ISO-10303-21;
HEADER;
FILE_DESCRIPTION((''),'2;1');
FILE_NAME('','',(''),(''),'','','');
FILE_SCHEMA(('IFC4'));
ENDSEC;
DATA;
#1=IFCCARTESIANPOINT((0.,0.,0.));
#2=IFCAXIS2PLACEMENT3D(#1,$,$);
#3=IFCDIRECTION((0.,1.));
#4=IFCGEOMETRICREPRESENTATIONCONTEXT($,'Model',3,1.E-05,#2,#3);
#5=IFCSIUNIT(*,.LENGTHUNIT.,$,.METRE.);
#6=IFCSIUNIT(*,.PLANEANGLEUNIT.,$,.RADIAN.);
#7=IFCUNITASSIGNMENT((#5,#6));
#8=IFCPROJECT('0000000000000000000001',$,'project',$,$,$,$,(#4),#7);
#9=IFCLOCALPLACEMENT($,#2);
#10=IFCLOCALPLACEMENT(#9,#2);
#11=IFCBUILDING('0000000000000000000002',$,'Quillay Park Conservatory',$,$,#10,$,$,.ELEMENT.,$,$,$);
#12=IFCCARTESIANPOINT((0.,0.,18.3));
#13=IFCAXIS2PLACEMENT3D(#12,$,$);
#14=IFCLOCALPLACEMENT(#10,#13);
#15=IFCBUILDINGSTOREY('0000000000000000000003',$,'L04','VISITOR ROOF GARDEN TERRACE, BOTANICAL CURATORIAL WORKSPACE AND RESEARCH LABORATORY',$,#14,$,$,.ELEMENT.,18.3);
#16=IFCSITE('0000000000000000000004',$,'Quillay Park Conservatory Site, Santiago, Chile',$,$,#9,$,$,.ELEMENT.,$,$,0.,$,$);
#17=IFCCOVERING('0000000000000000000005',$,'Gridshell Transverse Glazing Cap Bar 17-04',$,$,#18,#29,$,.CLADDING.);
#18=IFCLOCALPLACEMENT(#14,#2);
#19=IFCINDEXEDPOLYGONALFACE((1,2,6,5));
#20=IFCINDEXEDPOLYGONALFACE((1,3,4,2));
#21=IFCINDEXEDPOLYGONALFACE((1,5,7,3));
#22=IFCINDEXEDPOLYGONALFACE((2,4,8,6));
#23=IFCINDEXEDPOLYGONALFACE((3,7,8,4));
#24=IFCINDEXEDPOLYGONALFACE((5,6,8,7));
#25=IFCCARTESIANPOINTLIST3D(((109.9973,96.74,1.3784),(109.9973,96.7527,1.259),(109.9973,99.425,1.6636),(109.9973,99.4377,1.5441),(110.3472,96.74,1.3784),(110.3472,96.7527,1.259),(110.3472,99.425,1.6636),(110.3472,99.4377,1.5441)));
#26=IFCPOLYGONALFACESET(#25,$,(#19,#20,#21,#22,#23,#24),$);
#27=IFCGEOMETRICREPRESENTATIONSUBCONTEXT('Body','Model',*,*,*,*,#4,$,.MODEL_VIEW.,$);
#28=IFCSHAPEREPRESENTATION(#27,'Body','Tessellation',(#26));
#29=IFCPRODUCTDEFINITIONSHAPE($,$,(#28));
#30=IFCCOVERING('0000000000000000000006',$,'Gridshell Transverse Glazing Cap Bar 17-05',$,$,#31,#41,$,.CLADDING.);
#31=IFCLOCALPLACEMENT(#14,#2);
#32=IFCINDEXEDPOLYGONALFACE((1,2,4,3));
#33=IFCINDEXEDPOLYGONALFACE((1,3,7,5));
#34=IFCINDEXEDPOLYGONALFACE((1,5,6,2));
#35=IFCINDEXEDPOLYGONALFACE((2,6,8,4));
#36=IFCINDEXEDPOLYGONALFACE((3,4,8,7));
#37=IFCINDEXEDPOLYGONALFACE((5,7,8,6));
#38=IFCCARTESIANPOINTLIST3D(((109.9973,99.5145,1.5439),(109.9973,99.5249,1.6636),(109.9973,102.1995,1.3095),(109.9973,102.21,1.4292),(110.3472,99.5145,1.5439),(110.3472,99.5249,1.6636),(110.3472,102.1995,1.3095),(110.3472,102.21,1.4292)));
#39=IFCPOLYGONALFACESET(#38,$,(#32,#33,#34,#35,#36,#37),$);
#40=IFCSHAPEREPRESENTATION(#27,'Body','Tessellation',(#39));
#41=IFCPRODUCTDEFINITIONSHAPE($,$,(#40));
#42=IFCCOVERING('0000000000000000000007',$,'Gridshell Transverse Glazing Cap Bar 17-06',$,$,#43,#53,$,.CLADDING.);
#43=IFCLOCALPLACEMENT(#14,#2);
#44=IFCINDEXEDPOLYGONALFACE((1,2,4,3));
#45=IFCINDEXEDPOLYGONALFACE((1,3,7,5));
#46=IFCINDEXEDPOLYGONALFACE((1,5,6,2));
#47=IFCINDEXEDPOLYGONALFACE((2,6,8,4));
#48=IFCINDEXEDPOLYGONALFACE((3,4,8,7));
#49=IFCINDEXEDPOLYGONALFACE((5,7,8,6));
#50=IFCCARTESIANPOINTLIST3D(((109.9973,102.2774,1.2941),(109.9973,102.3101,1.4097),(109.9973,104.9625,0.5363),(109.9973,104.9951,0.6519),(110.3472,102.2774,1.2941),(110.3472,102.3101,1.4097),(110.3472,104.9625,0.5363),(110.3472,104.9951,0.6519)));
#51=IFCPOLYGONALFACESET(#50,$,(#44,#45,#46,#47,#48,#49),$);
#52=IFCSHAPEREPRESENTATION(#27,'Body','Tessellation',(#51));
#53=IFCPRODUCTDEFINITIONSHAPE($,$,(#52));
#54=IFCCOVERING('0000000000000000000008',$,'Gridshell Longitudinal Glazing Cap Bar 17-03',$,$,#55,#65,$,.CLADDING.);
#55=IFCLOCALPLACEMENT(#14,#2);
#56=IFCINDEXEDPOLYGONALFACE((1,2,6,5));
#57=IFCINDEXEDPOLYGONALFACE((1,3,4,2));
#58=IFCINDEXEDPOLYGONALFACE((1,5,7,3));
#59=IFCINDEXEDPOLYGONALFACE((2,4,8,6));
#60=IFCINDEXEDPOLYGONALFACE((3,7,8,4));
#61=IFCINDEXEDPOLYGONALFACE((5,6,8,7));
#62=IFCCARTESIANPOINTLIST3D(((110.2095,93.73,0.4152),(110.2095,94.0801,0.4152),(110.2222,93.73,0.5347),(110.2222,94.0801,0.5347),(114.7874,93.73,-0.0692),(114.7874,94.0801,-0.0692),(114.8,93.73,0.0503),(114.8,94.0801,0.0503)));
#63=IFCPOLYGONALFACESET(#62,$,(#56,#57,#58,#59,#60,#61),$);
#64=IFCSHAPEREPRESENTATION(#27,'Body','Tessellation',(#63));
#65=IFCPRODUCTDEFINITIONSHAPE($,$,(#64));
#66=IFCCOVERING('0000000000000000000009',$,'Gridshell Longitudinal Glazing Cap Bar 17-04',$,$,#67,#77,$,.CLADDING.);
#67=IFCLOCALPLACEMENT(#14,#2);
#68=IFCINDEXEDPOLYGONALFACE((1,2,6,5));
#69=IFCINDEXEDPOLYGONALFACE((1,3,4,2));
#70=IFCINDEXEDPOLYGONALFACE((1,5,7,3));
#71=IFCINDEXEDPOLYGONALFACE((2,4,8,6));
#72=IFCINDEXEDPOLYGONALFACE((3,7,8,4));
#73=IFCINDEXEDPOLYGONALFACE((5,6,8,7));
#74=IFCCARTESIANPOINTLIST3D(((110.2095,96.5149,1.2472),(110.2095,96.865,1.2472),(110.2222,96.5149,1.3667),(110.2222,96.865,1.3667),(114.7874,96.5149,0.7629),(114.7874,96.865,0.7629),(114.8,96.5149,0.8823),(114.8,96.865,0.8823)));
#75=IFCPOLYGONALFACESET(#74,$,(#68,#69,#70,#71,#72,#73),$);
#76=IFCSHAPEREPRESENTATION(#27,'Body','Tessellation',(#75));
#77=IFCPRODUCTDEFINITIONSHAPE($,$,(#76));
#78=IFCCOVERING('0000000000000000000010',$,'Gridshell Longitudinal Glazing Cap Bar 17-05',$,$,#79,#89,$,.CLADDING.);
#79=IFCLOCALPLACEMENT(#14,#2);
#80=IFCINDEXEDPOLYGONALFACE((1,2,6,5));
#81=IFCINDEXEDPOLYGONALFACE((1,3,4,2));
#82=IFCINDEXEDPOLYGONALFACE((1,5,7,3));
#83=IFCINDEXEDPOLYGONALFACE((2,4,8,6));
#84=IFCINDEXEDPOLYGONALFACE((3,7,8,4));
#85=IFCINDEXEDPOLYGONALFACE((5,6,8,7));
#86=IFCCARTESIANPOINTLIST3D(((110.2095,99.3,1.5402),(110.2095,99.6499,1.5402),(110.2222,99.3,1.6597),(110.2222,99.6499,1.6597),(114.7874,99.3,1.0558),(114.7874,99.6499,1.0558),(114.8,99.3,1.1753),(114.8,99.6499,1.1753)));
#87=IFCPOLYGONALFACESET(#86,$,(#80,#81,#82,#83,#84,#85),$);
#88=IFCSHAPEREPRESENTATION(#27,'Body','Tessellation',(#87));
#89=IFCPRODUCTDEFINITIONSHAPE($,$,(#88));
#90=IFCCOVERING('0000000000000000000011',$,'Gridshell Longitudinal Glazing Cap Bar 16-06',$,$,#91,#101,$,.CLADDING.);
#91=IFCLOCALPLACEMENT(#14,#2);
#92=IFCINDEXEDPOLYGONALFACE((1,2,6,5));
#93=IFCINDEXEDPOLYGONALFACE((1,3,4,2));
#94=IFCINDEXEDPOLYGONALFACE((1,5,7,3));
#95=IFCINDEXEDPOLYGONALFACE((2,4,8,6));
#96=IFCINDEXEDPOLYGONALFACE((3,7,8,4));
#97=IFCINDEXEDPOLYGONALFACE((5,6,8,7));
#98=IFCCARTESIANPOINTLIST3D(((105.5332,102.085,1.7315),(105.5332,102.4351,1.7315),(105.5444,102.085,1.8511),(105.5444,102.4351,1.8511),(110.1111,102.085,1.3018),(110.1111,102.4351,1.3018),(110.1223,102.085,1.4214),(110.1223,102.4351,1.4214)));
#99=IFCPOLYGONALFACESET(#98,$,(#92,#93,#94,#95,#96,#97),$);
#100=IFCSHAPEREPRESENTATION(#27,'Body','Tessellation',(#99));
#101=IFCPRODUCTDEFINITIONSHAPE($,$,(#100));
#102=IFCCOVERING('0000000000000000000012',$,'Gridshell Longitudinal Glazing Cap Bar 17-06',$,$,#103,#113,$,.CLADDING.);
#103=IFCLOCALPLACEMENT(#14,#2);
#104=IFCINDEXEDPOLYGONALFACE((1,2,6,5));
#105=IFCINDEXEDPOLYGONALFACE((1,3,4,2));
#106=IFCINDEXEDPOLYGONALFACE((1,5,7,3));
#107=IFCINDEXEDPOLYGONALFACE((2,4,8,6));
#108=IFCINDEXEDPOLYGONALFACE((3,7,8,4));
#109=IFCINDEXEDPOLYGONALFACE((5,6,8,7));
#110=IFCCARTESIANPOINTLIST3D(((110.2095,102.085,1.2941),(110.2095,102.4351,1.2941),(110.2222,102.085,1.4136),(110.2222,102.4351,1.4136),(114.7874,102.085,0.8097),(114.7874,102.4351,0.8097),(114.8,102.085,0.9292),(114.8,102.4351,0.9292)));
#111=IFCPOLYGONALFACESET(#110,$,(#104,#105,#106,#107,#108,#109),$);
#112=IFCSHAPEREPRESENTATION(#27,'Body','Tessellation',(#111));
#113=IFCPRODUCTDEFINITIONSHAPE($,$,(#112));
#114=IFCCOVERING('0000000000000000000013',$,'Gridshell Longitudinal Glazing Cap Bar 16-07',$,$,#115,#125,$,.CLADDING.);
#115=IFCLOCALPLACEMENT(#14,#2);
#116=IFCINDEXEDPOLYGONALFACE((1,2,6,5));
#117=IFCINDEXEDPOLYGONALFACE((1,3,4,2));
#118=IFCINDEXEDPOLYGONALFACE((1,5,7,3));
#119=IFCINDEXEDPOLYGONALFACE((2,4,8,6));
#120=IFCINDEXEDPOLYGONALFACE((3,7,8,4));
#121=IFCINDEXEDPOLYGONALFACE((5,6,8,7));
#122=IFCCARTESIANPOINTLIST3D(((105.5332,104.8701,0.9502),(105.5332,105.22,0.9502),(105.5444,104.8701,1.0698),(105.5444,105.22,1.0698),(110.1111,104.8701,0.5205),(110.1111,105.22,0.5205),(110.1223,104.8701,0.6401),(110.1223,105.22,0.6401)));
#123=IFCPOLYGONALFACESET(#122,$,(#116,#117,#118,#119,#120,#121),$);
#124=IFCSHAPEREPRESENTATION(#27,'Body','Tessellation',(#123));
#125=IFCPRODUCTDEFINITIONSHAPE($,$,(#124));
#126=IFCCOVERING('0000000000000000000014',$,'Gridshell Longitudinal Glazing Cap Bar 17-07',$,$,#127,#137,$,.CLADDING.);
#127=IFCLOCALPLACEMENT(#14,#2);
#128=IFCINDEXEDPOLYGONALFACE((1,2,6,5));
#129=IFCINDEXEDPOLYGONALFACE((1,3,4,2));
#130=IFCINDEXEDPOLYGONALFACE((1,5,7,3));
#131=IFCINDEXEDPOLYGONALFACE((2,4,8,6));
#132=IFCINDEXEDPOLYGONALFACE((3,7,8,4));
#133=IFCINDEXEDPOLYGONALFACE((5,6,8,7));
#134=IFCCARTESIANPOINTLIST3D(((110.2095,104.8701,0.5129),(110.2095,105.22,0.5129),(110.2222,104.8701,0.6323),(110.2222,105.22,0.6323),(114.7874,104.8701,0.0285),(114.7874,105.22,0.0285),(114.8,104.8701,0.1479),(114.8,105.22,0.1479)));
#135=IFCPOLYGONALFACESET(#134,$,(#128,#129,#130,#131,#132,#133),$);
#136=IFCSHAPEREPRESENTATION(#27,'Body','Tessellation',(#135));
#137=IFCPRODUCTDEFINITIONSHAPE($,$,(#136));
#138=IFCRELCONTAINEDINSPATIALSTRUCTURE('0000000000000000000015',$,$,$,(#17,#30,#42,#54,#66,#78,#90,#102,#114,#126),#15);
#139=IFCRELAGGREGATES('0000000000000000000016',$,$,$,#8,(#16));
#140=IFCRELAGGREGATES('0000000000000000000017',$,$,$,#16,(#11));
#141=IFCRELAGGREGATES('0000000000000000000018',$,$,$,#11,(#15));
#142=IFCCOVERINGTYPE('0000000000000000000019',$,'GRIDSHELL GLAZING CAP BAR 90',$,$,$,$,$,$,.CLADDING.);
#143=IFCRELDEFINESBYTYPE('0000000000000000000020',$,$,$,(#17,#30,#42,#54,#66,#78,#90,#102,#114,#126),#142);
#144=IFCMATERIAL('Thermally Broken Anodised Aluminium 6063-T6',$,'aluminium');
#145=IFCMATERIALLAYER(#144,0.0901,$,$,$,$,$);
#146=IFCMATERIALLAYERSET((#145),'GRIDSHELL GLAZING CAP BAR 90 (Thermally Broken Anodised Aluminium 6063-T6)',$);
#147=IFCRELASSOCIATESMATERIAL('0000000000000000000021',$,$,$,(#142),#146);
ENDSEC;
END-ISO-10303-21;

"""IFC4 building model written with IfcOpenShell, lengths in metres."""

from ifc_helpers import new_model, si_unit, direction, frame, origin, place, context, subcontext, project, spatial, polyline, outline, extrude, material, layer, layer_set, type_object, element, save


model = new_model("IFC4")

# Units and contexts
model_context = context("Model", 3, precision=1e-05, world=origin(), true_north=direction((0.0, 1.0)))
body_context = subcontext(model_context, "Body", "Model", "MODEL_VIEW")
ifc_project = project(units=[si_unit("LENGTHUNIT", "METRE"), si_unit("PLANEANGLEUNIT", "RADIAN")], contexts=[model_context])

# Site, building, storey
site_placement = place(None, origin())
site = spatial("IfcSite", under=ifc_project, at=site_placement, Name="Quillay Park Conservatory Site, Santiago, Chile", CompositionType="ELEMENT", RefElevation=0.0)
building_placement = place(site_placement, origin())
building = spatial("IfcBuilding", under=site, at=building_placement, Name="Quillay Park Conservatory", CompositionType="ELEMENT")
storey_placement = place(building_placement, frame((0.0, 0.0, 18.3)))
storey = spatial("IfcBuildingStorey", under=building, at=storey_placement, Name="L04", Description="VISITOR ROOF GARDEN TERRACE, BOTANICAL CURATORIAL WORKSPACE AND RESEARCH LABORATORY", CompositionType="ELEMENT", Elevation=18.3)

# Coverings
ifc_material_1 = material(Name="Thermally Broken Anodised Aluminium 6063-T6", Category="aluminium")
ifc_layer_1 = layer(ifc_material_1, 0.0901)
ifc_layer_set_1 = layer_set([ifc_layer_1], Name="GRIDSHELL GLAZING CAP BAR 90 (Thermally Broken Anodised Aluminium 6063-T6)")
covering_type = type_object("IfcCoveringType", Name="GRIDSHELL GLAZING CAP BAR 90", PredefinedType="CLADDING", material=ifc_layer_set_1)
covering_1_placement = place(storey_placement, frame((109.9973, 96.74, 1.3784), z_axis=(0.0, -0.105607, 0.994408), x_axis=(1.0, 0.0, 0.0)))
element("IfcCovering", 1, at=covering_1_placement, inside=storey, type_object=covering_type, Name="Gridshell Transverse Glazing Cap Bar 17-04", PredefinedType="CLADDING", context=body_context, shape_type="SweptSolid", body=[
    extrude(outline(polyline([(0.0, 0.0), (0.3499, 0.0), (0.3499, 2.7002), (0.0, 2.7002), (0.0, 0.0)])), origin(), (0.0, 0.0, -1.0), 0.1201),
])
covering_2_placement = place(storey_placement, frame((109.9973, 99.5249, 1.6636), z_axis=(0.0, 0.086958, 0.996212), x_axis=(1.0, 0.0, 0.0)))
element("IfcCovering", 2, at=covering_2_placement, inside=storey, type_object=covering_type, Name="Gridshell Transverse Glazing Cap Bar 17-05", PredefinedType="CLADDING", context=body_context, shape_type="SweptSolid", body=[
    extrude(outline(polyline([(0.0, 0.0), (0.3499, 0.0), (0.3499, 2.6953), (0.0, 2.6953), (0.0, 0.0)])), origin(), (0.0, 0.0, -1.0), 0.1201),
])
covering_3_placement = place(storey_placement, frame((109.9973, 102.3101, 1.4097), z_axis=(0.0, 0.271622, 0.962404), x_axis=(1.0, 0.0, 0.0)))
element("IfcCovering", 3, at=covering_3_placement, inside=storey, type_object=covering_type, Name="Gridshell Transverse Glazing Cap Bar 17-06", PredefinedType="CLADDING", context=body_context, shape_type="SweptSolid", body=[
    extrude(outline(polyline([(0.0, 0.0), (0.3499, 0.0), (0.3499, 2.7899), (0.0, 2.7899), (0.0, 0.0)])), origin(), (0.0, 0.0, -1.0), 0.1201),
])
for number, where, z_axis, x_axis, name in (
    (4, (110.2222, 93.73, 0.5347), (0.10522, 0.0, 0.994449), (0.994449, 0.0, -0.10522), "Gridshell Longitudinal Glazing Cap Bar 17-03"),
    (5, (110.2222, 96.5149, 1.3667), (0.10522, 0.0, 0.994449), (0.994449, 0.0, -0.10522), "Gridshell Longitudinal Glazing Cap Bar 17-04"),
):
    element("IfcCovering", number, at=place(storey_placement, frame(where, z_axis=z_axis, x_axis=x_axis)), inside=storey, type_object=covering_type, Name=name, PredefinedType="CLADDING", context=body_context, shape_type="SweptSolid", body=[
        extrude(outline(polyline([(0.0, 0.0), (4.6034, 0.0), (4.6034, 0.3501), (0.0, 0.3501), (0.0, 0.0)])), origin(), (0.0, 0.0, -1.0), 0.1201),
    ])
covering_4_placement = place(storey_placement, frame((110.2222, 99.3, 1.6597), z_axis=(0.10522, 0.0, 0.994449), x_axis=(0.994449, 0.0, -0.10522)))
element("IfcCovering", 6, at=covering_4_placement, inside=storey, type_object=covering_type, Name="Gridshell Longitudinal Glazing Cap Bar 17-05", PredefinedType="CLADDING", context=body_context, shape_type="SweptSolid", body=[
    extrude(outline(polyline([(0.0, 0.0), (4.6034, 0.0), (4.6034, 0.3499), (0.0, 0.3499), (0.0, 0.0)])), origin(), (0.0, 0.0, -1.0), 0.1201),
])
covering_5_placement = place(storey_placement, frame((105.5444, 102.085, 1.8511), z_axis=(0.093451, 0.0, 0.995624), x_axis=(0.995624, 0.0, -0.093451)))
element("IfcCovering", 7, at=covering_5_placement, inside=storey, type_object=covering_type, Name="Gridshell Longitudinal Glazing Cap Bar 16-06", PredefinedType="CLADDING", context=body_context, shape_type="SweptSolid", body=[
    extrude(outline(polyline([(0.0, 0.0), (4.598, 0.0), (4.598, 0.3501), (0.0, 0.3501), (0.0, 0.0)])), origin(), (0.0, 0.0, -1.0), 0.1201),
])
covering_6_placement = place(storey_placement, frame((110.2222, 102.085, 1.4136), z_axis=(0.10522, 0.0, 0.994449), x_axis=(0.994449, 0.0, -0.10522)))
element("IfcCovering", 8, at=covering_6_placement, inside=storey, type_object=covering_type, Name="Gridshell Longitudinal Glazing Cap Bar 17-06", PredefinedType="CLADDING", context=body_context, shape_type="SweptSolid", body=[
    extrude(outline(polyline([(0.0, 0.0), (4.6034, 0.0), (4.6034, 0.3501), (0.0, 0.3501), (0.0, 0.0)])), origin(), (0.0, 0.0, -1.0), 0.1201),
])
covering_7_placement = place(storey_placement, frame((105.5444, 104.8701, 1.0698), z_axis=(0.093451, 0.0, 0.995624), x_axis=(0.995624, 0.0, -0.093451)))
element("IfcCovering", 9, at=covering_7_placement, inside=storey, type_object=covering_type, Name="Gridshell Longitudinal Glazing Cap Bar 16-07", PredefinedType="CLADDING", context=body_context, shape_type="SweptSolid", body=[
    extrude(outline(polyline([(0.0, 0.0), (4.598, 0.0), (4.598, 0.3499), (0.0, 0.3499), (0.0, 0.0)])), origin(), (0.0, 0.0, -1.0), 0.1201),
])
covering_8_placement = place(storey_placement, frame((110.2222, 104.8701, 0.6323), z_axis=(0.10522, 0.0, 0.994449), x_axis=(0.994449, 0.0, -0.10522)))
element("IfcCovering", 10, at=covering_8_placement, inside=storey, type_object=covering_type, Name="Gridshell Longitudinal Glazing Cap Bar 17-07", PredefinedType="CLADDING", context=body_context, shape_type="SweptSolid", body=[
    extrude(outline(polyline([(0.0, 0.0), (4.6034, 0.0), (4.6034, 0.3499), (0.0, 0.3499), (0.0, 0.0)])), origin(), (0.0, 0.0, -1.0), 0.1201),
])

save(model, "model.ifc")
